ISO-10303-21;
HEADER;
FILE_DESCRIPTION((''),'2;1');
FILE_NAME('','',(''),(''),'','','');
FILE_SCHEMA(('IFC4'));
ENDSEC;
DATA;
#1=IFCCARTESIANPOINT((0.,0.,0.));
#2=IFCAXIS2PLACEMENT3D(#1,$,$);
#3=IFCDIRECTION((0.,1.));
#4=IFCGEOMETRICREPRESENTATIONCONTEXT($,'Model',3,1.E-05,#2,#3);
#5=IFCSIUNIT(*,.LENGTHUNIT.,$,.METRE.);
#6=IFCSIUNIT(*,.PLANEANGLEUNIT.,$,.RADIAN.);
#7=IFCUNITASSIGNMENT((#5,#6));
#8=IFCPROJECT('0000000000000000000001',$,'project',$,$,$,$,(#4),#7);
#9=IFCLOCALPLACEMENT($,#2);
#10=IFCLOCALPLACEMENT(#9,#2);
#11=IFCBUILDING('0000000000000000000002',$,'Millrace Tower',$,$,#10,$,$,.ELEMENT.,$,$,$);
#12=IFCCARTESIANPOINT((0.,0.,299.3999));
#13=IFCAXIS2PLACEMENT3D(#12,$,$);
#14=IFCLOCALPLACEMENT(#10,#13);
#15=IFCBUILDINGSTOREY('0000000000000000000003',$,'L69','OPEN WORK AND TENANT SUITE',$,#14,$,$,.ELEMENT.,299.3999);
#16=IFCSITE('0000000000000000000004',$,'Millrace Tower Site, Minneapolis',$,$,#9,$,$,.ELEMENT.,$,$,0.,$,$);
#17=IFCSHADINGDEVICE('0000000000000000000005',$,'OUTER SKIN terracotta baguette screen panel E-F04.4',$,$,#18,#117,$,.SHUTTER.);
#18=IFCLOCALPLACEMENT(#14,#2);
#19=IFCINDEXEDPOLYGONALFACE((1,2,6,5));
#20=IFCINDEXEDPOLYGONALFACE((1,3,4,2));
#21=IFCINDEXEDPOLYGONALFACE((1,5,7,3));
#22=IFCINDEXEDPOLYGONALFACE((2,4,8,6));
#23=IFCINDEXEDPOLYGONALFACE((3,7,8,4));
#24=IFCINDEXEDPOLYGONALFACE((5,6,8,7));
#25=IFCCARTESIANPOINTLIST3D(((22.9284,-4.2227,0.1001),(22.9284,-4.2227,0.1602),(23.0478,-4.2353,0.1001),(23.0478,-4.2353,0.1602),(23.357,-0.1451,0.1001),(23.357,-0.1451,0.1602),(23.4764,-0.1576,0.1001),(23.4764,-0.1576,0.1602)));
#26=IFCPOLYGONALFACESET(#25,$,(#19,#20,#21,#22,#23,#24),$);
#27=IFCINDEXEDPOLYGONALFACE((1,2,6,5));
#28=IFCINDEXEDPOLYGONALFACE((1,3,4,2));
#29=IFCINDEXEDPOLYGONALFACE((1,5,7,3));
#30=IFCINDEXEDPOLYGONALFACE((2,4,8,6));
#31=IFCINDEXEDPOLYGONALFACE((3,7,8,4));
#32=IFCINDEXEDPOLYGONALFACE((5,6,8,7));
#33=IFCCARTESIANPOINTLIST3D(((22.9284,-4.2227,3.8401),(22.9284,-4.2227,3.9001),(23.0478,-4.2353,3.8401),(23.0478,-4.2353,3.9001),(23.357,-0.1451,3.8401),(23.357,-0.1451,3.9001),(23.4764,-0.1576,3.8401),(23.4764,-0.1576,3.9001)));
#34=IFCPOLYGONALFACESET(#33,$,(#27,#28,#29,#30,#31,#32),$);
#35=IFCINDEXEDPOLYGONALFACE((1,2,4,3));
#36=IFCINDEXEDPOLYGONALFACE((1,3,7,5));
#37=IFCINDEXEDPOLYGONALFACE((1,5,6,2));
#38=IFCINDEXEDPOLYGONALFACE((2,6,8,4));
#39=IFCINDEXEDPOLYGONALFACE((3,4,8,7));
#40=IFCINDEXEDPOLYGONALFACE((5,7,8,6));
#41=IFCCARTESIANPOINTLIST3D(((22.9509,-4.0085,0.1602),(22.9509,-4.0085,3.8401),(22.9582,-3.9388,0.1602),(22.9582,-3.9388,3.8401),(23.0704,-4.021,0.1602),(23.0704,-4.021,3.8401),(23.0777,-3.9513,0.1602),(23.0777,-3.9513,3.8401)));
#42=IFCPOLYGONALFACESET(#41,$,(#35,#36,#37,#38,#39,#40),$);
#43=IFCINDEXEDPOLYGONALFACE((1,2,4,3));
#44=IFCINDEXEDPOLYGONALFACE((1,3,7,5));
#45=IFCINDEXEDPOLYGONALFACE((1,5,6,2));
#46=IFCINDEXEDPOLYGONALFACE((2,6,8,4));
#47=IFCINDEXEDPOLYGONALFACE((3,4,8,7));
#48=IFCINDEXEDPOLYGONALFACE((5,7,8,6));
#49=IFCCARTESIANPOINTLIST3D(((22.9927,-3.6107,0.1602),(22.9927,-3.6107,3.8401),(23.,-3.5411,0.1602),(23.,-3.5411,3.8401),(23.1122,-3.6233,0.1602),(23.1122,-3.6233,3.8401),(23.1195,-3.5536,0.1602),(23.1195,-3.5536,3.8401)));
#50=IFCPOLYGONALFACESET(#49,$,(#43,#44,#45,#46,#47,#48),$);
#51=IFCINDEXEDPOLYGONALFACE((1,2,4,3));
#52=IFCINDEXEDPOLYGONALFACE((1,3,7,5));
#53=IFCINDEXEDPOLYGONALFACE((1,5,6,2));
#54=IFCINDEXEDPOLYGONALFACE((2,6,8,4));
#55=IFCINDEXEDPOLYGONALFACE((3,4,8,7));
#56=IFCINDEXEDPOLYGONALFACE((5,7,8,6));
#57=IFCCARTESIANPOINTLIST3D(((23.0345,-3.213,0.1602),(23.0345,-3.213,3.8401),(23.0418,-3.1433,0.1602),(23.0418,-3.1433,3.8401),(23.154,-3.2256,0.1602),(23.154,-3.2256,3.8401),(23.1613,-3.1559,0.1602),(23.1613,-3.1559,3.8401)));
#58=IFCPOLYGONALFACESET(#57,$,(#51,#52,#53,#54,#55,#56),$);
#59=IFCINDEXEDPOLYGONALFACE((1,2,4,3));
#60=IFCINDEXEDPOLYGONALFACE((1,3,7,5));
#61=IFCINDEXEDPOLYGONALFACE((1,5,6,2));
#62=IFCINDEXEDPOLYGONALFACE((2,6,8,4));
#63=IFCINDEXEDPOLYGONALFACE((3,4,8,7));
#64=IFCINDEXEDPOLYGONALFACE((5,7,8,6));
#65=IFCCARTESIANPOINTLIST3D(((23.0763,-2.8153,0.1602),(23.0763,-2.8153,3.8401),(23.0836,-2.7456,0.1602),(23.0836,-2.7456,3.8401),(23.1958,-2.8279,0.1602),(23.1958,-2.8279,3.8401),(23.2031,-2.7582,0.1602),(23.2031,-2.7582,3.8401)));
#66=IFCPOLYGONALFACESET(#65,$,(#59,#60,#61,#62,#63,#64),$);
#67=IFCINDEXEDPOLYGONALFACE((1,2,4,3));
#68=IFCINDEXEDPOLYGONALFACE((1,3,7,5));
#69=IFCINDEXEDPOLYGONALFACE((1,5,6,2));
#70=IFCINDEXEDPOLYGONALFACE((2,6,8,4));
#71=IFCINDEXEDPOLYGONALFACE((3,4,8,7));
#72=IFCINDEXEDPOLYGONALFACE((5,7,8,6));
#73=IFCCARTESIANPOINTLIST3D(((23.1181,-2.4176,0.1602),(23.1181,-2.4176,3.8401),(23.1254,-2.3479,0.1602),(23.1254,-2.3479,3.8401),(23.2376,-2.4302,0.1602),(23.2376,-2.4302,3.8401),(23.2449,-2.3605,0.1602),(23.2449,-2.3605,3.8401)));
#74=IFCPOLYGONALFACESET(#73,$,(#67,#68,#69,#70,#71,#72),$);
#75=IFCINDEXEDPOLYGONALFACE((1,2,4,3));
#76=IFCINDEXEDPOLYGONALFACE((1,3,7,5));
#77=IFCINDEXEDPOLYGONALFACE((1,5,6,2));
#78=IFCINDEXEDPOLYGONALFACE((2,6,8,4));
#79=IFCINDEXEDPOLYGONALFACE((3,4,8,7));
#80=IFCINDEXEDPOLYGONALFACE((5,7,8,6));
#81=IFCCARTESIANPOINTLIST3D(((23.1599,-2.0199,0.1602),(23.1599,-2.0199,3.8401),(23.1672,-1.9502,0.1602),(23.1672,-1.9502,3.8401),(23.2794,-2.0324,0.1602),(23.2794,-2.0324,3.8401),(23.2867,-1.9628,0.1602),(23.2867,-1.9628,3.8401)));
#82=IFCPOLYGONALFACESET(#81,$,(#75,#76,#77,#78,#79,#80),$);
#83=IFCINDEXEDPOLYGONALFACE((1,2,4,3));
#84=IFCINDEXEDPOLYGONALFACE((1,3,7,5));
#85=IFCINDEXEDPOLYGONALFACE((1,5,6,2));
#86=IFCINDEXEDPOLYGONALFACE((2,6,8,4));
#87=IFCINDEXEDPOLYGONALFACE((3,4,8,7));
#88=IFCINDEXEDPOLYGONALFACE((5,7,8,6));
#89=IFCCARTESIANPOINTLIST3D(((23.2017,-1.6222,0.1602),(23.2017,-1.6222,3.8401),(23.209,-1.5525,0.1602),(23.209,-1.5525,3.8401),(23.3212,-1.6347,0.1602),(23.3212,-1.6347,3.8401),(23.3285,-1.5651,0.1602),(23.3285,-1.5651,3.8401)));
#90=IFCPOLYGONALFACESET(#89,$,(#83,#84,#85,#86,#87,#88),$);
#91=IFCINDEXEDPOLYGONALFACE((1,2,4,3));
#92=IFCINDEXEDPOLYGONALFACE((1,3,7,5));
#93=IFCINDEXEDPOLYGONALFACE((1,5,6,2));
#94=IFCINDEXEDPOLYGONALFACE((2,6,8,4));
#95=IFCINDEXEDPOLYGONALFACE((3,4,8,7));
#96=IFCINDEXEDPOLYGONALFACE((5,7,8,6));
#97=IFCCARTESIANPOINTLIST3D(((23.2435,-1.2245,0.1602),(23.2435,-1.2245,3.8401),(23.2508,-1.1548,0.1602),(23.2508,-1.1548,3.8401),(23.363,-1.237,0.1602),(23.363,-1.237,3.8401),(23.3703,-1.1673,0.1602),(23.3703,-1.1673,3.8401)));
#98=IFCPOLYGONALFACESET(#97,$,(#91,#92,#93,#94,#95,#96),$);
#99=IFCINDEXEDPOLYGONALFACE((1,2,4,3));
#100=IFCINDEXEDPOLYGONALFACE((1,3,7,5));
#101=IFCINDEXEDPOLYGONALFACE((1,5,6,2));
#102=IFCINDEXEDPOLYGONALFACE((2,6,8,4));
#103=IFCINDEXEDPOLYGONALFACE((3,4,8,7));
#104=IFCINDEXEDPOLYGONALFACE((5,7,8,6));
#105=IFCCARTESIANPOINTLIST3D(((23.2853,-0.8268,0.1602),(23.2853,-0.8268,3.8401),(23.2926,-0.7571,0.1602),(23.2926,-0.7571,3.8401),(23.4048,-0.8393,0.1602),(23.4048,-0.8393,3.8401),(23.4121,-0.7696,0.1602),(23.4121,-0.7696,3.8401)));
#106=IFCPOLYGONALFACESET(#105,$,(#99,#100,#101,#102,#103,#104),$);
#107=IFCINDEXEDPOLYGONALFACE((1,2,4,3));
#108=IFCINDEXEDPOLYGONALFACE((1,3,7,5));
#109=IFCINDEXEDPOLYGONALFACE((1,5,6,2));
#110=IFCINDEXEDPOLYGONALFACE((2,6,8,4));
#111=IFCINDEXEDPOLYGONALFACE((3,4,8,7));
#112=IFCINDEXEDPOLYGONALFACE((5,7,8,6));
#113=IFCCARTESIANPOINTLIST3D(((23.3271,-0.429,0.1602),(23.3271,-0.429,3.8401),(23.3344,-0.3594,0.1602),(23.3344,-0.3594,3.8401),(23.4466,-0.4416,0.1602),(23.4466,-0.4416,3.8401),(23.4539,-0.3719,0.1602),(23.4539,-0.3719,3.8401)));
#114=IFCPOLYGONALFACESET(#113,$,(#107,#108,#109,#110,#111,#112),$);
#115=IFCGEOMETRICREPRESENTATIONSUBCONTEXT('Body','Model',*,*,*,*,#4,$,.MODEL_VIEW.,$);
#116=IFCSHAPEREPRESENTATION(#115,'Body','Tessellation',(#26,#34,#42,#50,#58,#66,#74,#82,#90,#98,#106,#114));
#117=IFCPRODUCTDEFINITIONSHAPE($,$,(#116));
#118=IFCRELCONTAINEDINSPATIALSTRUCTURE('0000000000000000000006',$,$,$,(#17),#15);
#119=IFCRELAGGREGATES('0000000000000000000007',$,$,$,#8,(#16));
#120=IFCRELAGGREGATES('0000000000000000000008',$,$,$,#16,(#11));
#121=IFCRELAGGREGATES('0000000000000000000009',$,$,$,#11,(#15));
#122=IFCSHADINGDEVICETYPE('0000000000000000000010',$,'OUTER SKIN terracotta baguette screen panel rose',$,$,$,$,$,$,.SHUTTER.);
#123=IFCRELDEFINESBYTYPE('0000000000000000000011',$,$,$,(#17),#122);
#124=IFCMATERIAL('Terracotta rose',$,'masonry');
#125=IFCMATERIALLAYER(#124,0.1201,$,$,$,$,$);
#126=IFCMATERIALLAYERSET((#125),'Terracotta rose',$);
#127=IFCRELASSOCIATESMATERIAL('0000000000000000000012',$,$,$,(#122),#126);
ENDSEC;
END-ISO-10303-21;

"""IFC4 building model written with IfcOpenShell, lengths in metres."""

from ifc_helpers import new_model, entity, si_unit, direction, frame, frame_2d, origin, place, context, subcontext, project, spatial, rectangle, extrude, source, transform, mapped, material, layer, layer_set, type_object, element, save


model = new_model("IFC4")

# Units and contexts
model_context = context("Model", 3, precision=1e-05, world=origin(), true_north=direction((0.0, 1.0)))
body_context = subcontext(model_context, "Body", "Model", "MODEL_VIEW")
ifc_project = project(units=[si_unit("LENGTHUNIT", "METRE"), si_unit("PLANEANGLEUNIT", "RADIAN")], contexts=[model_context])

# Site, building, storey
site_placement = place(None, origin())
site = spatial("IfcSite", under=ifc_project, at=site_placement, Name="Millrace Tower Site, Minneapolis", CompositionType="ELEMENT", RefElevation=0.0)
building_placement = place(site_placement, origin())
building = spatial("IfcBuilding", under=site, at=building_placement, Name="Millrace Tower", CompositionType="ELEMENT")
storey_placement = place(building_placement, frame((0.0, 0.0, 299.3999)))
storey = spatial("IfcBuildingStorey", under=building, at=storey_placement, Name="L69", Description="OPEN WORK AND TENANT SUITE", CompositionType="ELEMENT", Elevation=299.3999)

# Shading device
ifc_material_1 = material(Name="Terracotta rose", Category="masonry")
ifc_layer_1 = layer(ifc_material_1, 0.1201)
ifc_layer_set_1 = layer_set([ifc_layer_1], Name="Terracotta rose")
shading_device_type = type_object("IfcShadingDeviceType", Name="OUTER SKIN terracotta baguette screen panel rose", PredefinedType="SHUTTER", material=ifc_layer_set_1)
cartesian_point = entity("IfcCartesianPoint", [-2.05, 0.0601])
shared_polyline = entity("IfcPolyline", [cartesian_point, entity("IfcCartesianPoint", [2.05, 0.0601]), entity("IfcCartesianPoint", [2.05, -0.0601]), entity("IfcCartesianPoint", [-2.05, -0.0601]), cartesian_point])
shared_shape = source(origin(), body_context, "Body", "SweptSolid", [
    entity("IfcExtrudedAreaSolid", entity("IfcArbitraryClosedProfileDef", "AREA", None, shared_polyline), entity("IfcAxis2Placement3D", entity("IfcCartesianPoint", [0.0, 0.0, 0.0])), entity("IfcDirection", [0.0, 0.0, 1.0]), 0.0601),
    entity("IfcExtrudedAreaSolid", entity("IfcArbitraryClosedProfileDef", "AREA", None, shared_polyline), entity("IfcAxis2Placement3D", entity("IfcCartesianPoint", [0.0, 0.0, 3.74])), entity("IfcDirection", [0.0, 0.0, 1.0]), 0.0601),
    extrude(rectangle(XDim=0.0701, YDim=0.1201, at=frame_2d((-1.7996, 0.0))), frame((0.0, 0.0, 0.0601)), (0.0, 0.0, 1.0), 3.6799),
    extrude(rectangle(XDim=0.0701, YDim=0.1201, at=frame_2d((-1.3997, 0.0))), frame((0.0, 0.0, 0.0601)), (0.0, 0.0, 1.0), 3.6799),
    extrude(rectangle(XDim=0.0701, YDim=0.1201, at=frame_2d((-0.9998, 0.0))), frame((0.0, 0.0, 0.0601)), (0.0, 0.0, 1.0), 3.6799),
    extrude(rectangle(XDim=0.0701, YDim=0.1201, at=frame_2d((-0.5999, 0.0))), frame((0.0, 0.0, 0.0601)), (0.0, 0.0, 1.0), 3.6799),
    extrude(rectangle(XDim=0.0701, YDim=0.1201, at=frame_2d((-0.2, 0.0))), frame((0.0, 0.0, 0.0601)), (0.0, 0.0, 1.0), 3.6799),
    extrude(rectangle(XDim=0.0701, YDim=0.1201, at=frame_2d((0.2, 0.0))), frame((0.0, 0.0, 0.0601)), (0.0, 0.0, 1.0), 3.6799),
    extrude(rectangle(XDim=0.0701, YDim=0.1201, at=frame_2d((0.5999, 0.0))), frame((0.0, 0.0, 0.0601)), (0.0, 0.0, 1.0), 3.6799),
    extrude(rectangle(XDim=0.0701, YDim=0.1201, at=frame_2d((0.9998, 0.0))), frame((0.0, 0.0, 0.0601)), (0.0, 0.0, 1.0), 3.6799),
    extrude(rectangle(XDim=0.0701, YDim=0.1201, at=frame_2d((1.3997, 0.0))), frame((0.0, 0.0, 0.0601)), (0.0, 0.0, 1.0), 3.6799),
    extrude(rectangle(XDim=0.0701, YDim=0.1201, at=frame_2d((1.7996, 0.0))), frame((0.0, 0.0, 0.0601)), (0.0, 0.0, 1.0), 3.6799),
])
for number, where, z_axis, x_axis, name in (
    (1, (23.2024, -2.1902, 0.1001), (0.0, 0.0, 1.0), (0.104528, 0.994522, 0.0), "OUTER SKIN terracotta baguette screen panel E-F04.4"),
):
    element("IfcShadingDevice", number, at=place(storey_placement, frame(where, z_axis=z_axis, x_axis=x_axis)), inside=storey, type_object=shading_device_type, Name=name, PredefinedType="SHUTTER", context=body_context, shape_type="MappedRepresentation", body=[
        mapped(shared_shape, transform((0.0, 0.0, 0.0), scale=1.0)),
    ])

save(model, "model.ifc")
